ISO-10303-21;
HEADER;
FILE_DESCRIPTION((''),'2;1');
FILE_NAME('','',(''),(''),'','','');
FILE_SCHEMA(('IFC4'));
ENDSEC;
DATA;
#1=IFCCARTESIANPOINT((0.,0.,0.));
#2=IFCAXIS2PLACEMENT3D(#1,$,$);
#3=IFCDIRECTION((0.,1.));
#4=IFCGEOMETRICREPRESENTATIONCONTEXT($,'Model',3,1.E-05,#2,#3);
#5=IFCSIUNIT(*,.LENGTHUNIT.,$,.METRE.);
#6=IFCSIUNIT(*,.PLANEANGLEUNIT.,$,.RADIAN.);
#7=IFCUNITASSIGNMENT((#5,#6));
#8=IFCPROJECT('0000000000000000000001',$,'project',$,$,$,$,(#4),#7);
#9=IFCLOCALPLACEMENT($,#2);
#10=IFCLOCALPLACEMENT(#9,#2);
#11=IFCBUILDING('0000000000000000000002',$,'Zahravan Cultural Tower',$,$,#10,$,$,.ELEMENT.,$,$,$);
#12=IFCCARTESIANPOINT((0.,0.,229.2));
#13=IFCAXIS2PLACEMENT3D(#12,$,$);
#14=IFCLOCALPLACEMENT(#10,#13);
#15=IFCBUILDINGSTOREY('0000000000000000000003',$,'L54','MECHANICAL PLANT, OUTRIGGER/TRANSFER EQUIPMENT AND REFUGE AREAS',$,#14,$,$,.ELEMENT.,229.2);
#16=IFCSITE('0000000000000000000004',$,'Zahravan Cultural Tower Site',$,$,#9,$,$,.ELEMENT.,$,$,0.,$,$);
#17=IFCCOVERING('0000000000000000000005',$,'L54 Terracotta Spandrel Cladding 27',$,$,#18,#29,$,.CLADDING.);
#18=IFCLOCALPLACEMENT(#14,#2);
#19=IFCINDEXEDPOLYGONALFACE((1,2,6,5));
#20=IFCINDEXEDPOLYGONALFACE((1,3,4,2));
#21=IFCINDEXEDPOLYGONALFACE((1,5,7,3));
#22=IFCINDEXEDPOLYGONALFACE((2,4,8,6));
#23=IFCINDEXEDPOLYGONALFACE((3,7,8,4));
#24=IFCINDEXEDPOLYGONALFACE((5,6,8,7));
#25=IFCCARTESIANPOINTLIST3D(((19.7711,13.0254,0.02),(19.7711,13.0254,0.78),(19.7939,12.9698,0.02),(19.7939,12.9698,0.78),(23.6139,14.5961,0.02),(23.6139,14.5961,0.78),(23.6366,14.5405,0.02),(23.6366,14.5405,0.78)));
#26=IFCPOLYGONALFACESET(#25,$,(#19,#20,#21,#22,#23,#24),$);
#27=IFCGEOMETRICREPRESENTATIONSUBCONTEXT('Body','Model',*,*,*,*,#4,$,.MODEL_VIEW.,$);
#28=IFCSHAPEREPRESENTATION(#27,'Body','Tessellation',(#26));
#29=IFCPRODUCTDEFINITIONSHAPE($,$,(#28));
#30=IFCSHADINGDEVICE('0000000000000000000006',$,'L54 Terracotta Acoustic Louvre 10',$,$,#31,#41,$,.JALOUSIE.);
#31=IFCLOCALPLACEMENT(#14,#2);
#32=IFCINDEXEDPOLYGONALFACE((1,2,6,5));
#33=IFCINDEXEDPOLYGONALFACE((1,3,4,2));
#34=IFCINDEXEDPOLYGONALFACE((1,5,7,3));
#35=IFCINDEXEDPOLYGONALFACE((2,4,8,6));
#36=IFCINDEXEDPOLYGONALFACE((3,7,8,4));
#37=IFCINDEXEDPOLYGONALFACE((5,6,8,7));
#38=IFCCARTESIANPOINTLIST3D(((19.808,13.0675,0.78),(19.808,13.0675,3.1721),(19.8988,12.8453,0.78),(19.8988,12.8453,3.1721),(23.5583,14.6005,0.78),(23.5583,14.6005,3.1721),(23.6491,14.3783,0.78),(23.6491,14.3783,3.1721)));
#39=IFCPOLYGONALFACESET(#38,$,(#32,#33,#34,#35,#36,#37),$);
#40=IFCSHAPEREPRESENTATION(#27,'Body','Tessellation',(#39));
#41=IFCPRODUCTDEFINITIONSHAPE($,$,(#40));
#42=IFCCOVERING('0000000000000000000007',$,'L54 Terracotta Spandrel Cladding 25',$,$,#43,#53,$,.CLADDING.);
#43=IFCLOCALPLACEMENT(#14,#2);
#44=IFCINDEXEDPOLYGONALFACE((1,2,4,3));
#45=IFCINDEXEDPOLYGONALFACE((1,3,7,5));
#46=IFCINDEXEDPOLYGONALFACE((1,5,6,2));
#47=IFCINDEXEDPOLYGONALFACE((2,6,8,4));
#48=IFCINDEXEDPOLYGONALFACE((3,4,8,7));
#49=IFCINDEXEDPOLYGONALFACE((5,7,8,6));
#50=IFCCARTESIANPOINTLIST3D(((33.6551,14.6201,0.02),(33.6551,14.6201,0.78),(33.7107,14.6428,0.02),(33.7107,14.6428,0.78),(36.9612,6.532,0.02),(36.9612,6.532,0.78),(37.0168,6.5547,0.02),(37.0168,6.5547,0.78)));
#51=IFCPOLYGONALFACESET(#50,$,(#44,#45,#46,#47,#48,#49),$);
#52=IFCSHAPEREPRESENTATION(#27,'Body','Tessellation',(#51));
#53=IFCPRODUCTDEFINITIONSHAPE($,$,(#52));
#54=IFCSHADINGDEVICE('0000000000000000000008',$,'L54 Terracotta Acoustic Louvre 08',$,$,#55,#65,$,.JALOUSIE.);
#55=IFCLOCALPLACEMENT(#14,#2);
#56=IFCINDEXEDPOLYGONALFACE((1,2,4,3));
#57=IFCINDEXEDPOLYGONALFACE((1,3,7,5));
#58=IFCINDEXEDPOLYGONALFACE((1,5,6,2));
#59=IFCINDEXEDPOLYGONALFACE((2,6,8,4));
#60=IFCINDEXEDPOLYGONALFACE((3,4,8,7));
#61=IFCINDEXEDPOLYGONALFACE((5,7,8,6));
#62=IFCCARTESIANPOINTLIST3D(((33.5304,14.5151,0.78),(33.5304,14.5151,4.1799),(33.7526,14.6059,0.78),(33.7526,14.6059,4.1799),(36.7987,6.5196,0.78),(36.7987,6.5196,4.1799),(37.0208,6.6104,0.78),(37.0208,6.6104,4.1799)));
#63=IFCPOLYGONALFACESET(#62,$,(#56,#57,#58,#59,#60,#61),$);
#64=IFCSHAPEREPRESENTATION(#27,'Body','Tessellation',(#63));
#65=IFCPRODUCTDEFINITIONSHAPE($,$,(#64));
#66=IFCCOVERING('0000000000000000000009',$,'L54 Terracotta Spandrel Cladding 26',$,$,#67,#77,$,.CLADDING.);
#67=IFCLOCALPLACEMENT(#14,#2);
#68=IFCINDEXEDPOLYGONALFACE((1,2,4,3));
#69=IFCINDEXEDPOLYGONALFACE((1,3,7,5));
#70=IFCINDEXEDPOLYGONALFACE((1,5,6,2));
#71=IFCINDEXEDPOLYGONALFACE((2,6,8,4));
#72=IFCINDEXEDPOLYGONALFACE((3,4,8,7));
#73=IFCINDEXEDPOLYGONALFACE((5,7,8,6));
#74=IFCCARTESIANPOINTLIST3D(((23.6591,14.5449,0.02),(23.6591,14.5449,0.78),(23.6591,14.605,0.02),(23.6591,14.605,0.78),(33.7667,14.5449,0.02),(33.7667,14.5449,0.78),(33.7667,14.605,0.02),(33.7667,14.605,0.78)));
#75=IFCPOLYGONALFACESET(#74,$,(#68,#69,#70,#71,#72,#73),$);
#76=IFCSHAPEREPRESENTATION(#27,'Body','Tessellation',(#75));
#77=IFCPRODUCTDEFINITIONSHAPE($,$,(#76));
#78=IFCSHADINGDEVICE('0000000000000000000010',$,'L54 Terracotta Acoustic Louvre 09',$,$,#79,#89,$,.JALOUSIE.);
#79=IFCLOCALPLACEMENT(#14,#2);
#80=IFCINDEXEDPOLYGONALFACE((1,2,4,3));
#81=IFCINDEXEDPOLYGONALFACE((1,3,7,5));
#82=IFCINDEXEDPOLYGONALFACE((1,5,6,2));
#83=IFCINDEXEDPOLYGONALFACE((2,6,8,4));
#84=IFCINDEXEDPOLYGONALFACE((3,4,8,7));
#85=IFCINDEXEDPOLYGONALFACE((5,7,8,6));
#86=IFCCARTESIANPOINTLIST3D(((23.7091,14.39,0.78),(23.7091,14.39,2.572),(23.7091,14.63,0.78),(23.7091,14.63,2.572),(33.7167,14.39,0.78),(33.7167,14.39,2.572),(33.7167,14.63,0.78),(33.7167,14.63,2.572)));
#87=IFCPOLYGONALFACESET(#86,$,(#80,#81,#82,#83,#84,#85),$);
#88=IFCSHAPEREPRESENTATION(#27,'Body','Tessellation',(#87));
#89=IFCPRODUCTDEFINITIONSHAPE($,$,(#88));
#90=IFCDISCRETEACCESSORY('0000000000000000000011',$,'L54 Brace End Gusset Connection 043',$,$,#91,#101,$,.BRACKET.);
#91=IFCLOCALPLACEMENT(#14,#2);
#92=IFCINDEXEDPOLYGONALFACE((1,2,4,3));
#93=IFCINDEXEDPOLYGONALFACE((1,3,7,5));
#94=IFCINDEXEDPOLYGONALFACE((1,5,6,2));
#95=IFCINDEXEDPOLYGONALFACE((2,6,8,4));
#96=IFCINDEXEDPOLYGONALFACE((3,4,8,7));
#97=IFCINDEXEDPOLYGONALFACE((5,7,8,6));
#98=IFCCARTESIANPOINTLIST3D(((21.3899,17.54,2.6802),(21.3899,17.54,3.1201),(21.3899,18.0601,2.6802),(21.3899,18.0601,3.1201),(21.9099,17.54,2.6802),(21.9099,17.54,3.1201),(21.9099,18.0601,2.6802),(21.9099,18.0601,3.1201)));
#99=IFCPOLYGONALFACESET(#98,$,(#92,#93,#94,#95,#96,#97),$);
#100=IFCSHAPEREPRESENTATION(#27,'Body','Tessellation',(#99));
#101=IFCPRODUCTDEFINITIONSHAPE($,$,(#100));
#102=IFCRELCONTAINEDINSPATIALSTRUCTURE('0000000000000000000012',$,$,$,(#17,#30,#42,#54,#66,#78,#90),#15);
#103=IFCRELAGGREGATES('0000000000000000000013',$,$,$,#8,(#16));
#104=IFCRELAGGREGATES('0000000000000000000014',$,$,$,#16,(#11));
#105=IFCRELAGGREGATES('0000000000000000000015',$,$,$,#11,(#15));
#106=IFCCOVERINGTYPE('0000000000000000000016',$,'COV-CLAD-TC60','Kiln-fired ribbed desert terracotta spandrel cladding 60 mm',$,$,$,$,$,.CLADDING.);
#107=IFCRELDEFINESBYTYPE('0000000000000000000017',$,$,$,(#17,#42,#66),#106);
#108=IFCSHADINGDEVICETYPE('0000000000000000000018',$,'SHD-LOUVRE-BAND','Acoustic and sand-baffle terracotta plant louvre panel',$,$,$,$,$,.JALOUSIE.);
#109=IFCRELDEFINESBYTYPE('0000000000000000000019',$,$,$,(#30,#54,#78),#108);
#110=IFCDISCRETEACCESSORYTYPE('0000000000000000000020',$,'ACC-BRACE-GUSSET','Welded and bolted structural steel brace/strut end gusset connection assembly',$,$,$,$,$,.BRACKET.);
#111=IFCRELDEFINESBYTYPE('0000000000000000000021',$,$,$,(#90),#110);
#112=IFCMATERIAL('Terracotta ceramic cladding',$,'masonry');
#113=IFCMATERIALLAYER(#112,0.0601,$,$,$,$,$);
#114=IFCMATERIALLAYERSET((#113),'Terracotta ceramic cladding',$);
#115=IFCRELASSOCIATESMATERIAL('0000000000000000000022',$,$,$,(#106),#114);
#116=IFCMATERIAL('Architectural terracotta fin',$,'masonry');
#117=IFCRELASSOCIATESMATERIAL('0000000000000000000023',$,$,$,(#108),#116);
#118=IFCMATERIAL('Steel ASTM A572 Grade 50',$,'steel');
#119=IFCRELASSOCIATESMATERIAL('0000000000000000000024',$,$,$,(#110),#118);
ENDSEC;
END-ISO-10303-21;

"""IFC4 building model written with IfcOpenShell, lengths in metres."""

from ifc_helpers import new_model, si_unit, direction, frame, origin, origin_2d, place, context, subcontext, project, spatial, rectangle, extrude, source, transform, mapped, material, layer, layer_set, type_object, element, save


model = new_model("IFC4")

# Units and contexts
model_context = context("Model", 3, precision=1e-05, world=origin(), true_north=direction((0.0, 1.0)))
body_context = subcontext(model_context, "Body", "Model", "MODEL_VIEW")
ifc_project = project(units=[si_unit("LENGTHUNIT", "METRE"), si_unit("PLANEANGLEUNIT", "RADIAN")], contexts=[model_context])

# Site, building, storey
site_placement = place(None, origin())
site = spatial("IfcSite", under=ifc_project, at=site_placement, Name="Zahravan Cultural Tower Site", CompositionType="ELEMENT", RefElevation=0.0)
building_placement = place(site_placement, origin())
building = spatial("IfcBuilding", under=site, at=building_placement, Name="Zahravan Cultural Tower", CompositionType="ELEMENT")
storey_placement = place(building_placement, frame((0.0, 0.0, 229.2)))
storey = spatial("IfcBuildingStorey", under=building, at=storey_placement, Name="L54", Description="MECHANICAL PLANT, OUTRIGGER/TRANSFER EQUIPMENT AND REFUGE AREAS", CompositionType="ELEMENT", Elevation=229.2)

# Shared definitions
ifc_material_1 = material(Name="Steel ASTM A572 Grade 50", Category="steel")

# Covering
ifc_material_2 = material(Name="Terracotta ceramic cladding", Category="masonry")
ifc_layer_1 = layer(ifc_material_2, 0.0601)
ifc_layer_set_1 = layer_set([ifc_layer_1], Name="Terracotta ceramic cladding")
covering_type = type_object("IfcCoveringType", Name="COV-CLAD-TC60", Description="Kiln-fired ribbed desert terracotta spandrel cladding 60 mm", PredefinedType="CLADDING", material=ifc_layer_set_1)
shared_shape_1 = source(origin(), body_context, "Body", "SweptSolid", [
    extrude(rectangle(XDim=4.1514, YDim=0.0601, at=origin_2d()), origin(), (0.0, 0.0, 1.0), 0.76),
])
covering_1_placement = place(storey_placement, frame((21.7039, 13.783, 0.02), z_axis=(0.0, 0.0, 1.0), x_axis=(-0.925653, -0.378374, 0.0)))
element("IfcCovering", 1, at=covering_1_placement, inside=storey, type_object=covering_type, Name="L54 Terracotta Spandrel Cladding 27", PredefinedType="CLADDING", context=body_context, shape_type="MappedRepresentation", body=[
    mapped(shared_shape_1, transform((0.0, 0.0, 0.0), x_axis=(1.0, 0.0, 0.0), y_axis=(0.0, 1.0, 0.0), z_axis=(0.0, 0.0, 1.0), scale=1.0)),
])

# Shading device
ifc_material_3 = material(Name="Architectural terracotta fin", Category="masonry")
shading_device_type = type_object("IfcShadingDeviceType", Name="SHD-LOUVRE-BAND", Description="Acoustic and sand-baffle terracotta plant louvre panel", PredefinedType="JALOUSIE", material=ifc_material_3)
shared_shape_2 = source(origin(), body_context, "Body", "SweptSolid", [
    extrude(rectangle(XDim=4.0515, YDim=0.24, at=origin_2d()), origin(), (0.0, 0.0, 1.0), 2.3921),
])
shading_device_1_placement = place(storey_placement, frame((21.7285, 13.7229, 0.78), z_axis=(0.0, 0.0, 1.0), x_axis=(-0.925653, -0.378374, 0.0)))
element("IfcShadingDevice", 2, at=shading_device_1_placement, inside=storey, type_object=shading_device_type, Name="L54 Terracotta Acoustic Louvre 10", PredefinedType="JALOUSIE", context=body_context, shape_type="MappedRepresentation", body=[
    mapped(shared_shape_2, transform((0.0, 0.0, 0.0), x_axis=(1.0, 0.0, 0.0), y_axis=(0.0, 1.0, 0.0), z_axis=(0.0, 0.0, 1.0), scale=1.0)),
])

# Covering
shared_shape_3 = source(origin(), body_context, "Body", "SweptSolid", [
    extrude(rectangle(XDim=8.7378, YDim=0.0601, at=origin_2d()), origin(), (0.0, 0.0, 1.0), 0.76),
])
covering_2_placement = place(storey_placement, frame((35.3359, 10.5874, 0.02), z_axis=(0.0, 0.0, 1.0), x_axis=(-0.378374, 0.925653, 0.0)))
element("IfcCovering", 3, at=covering_2_placement, inside=storey, type_object=covering_type, Name="L54 Terracotta Spandrel Cladding 25", PredefinedType="CLADDING", context=body_context, shape_type="MappedRepresentation", body=[
    mapped(shared_shape_3, transform((0.0, 0.0, 0.0), x_axis=(1.0, 0.0, 0.0), y_axis=(0.0, 1.0, 0.0), z_axis=(0.0, 0.0, 1.0), scale=1.0)),
])

# Shading device
shared_shape_4 = source(origin(), body_context, "Body", "SweptSolid", [
    extrude(rectangle(XDim=8.6377, YDim=0.24, at=origin_2d()), origin(), (0.0, 0.0, 1.0), 3.3999),
])
shading_device_2_placement = place(storey_placement, frame((35.2756, 10.5627, 0.78), z_axis=(0.0, 0.0, 1.0), x_axis=(-0.378374, 0.925653, 0.0)))
element("IfcShadingDevice", 4, at=shading_device_2_placement, inside=storey, type_object=shading_device_type, Name="L54 Terracotta Acoustic Louvre 08", PredefinedType="JALOUSIE", context=body_context, shape_type="MappedRepresentation", body=[
    mapped(shared_shape_4, transform((0.0, 0.0, 0.0), x_axis=(1.0, 0.0, 0.0), y_axis=(0.0, 1.0, 0.0), z_axis=(0.0, 0.0, 1.0), scale=1.0)),
])

# Covering
shared_shape_5 = source(origin(), body_context, "Body", "SweptSolid", [
    extrude(rectangle(XDim=10.1077, YDim=0.0601, at=origin_2d()), origin(), (0.0, 0.0, 1.0), 0.76),
])
covering_3_placement = place(storey_placement, frame((28.7129, 14.575, 0.02), z_axis=(0.0, 0.0, 1.0), x_axis=(-1.0, 0.0, 0.0)))
element("IfcCovering", 5, at=covering_3_placement, inside=storey, type_object=covering_type, Name="L54 Terracotta Spandrel Cladding 26", PredefinedType="CLADDING", context=body_context, shape_type="MappedRepresentation", body=[
    mapped(shared_shape_5, transform((0.0, 0.0, 0.0), x_axis=(1.0, 0.0, 0.0), y_axis=(0.0, 1.0, 0.0), z_axis=(0.0, 0.0, 1.0), scale=1.0)),
])

# Shading device
shared_shape_6 = source(origin(), body_context, "Body", "SweptSolid", [
    extrude(rectangle(XDim=10.0076, YDim=0.24, at=origin_2d()), origin(), (0.0, 0.0, 1.0), 1.792),
])
shading_device_3_placement = place(storey_placement, frame((28.7129, 14.51, 0.78), z_axis=(0.0, 0.0, 1.0), x_axis=(-1.0, 0.0, 0.0)))
element("IfcShadingDevice", 6, at=shading_device_3_placement, inside=storey, type_object=shading_device_type, Name="L54 Terracotta Acoustic Louvre 09", PredefinedType="JALOUSIE", context=body_context, shape_type="MappedRepresentation", body=[
    mapped(shared_shape_6, transform((0.0, 0.0, 0.0), x_axis=(1.0, 0.0, 0.0), y_axis=(0.0, 1.0, 0.0), z_axis=(0.0, 0.0, 1.0), scale=1.0)),
])

# Discrete accessory
discrete_accessory_type = type_object("IfcDiscreteAccessoryType", Name="ACC-BRACE-GUSSET", Description="Welded and bolted structural steel brace/strut end gusset connection assembly", PredefinedType="BRACKET", material=ifc_material_1)
shared_shape_7 = source(origin(), body_context, "Body", "SweptSolid", [
    extrude(rectangle(XDim=0.52, YDim=0.52, at=origin_2d()), origin(), (0.0, 0.0, 1.0), 0.4399),
])
discrete_accessory_placement = place(storey_placement, frame((21.6499, 17.8, 2.6802), z_axis=(0.0, 0.0, 1.0), x_axis=(1.0, 0.0, 0.0)))
element("IfcDiscreteAccessory", 7, at=discrete_accessory_placement, inside=storey, type_object=discrete_accessory_type, Name="L54 Brace End Gusset Connection 043", PredefinedType="BRACKET", context=body_context, shape_type="MappedRepresentation", body=[
    mapped(shared_shape_7, transform((0.0, 0.0, 0.0), x_axis=(1.0, 0.0, 0.0), y_axis=(0.0, 1.0, 0.0), z_axis=(0.0, 0.0, 1.0), scale=1.0)),
])

save(model, "model.ifc")
